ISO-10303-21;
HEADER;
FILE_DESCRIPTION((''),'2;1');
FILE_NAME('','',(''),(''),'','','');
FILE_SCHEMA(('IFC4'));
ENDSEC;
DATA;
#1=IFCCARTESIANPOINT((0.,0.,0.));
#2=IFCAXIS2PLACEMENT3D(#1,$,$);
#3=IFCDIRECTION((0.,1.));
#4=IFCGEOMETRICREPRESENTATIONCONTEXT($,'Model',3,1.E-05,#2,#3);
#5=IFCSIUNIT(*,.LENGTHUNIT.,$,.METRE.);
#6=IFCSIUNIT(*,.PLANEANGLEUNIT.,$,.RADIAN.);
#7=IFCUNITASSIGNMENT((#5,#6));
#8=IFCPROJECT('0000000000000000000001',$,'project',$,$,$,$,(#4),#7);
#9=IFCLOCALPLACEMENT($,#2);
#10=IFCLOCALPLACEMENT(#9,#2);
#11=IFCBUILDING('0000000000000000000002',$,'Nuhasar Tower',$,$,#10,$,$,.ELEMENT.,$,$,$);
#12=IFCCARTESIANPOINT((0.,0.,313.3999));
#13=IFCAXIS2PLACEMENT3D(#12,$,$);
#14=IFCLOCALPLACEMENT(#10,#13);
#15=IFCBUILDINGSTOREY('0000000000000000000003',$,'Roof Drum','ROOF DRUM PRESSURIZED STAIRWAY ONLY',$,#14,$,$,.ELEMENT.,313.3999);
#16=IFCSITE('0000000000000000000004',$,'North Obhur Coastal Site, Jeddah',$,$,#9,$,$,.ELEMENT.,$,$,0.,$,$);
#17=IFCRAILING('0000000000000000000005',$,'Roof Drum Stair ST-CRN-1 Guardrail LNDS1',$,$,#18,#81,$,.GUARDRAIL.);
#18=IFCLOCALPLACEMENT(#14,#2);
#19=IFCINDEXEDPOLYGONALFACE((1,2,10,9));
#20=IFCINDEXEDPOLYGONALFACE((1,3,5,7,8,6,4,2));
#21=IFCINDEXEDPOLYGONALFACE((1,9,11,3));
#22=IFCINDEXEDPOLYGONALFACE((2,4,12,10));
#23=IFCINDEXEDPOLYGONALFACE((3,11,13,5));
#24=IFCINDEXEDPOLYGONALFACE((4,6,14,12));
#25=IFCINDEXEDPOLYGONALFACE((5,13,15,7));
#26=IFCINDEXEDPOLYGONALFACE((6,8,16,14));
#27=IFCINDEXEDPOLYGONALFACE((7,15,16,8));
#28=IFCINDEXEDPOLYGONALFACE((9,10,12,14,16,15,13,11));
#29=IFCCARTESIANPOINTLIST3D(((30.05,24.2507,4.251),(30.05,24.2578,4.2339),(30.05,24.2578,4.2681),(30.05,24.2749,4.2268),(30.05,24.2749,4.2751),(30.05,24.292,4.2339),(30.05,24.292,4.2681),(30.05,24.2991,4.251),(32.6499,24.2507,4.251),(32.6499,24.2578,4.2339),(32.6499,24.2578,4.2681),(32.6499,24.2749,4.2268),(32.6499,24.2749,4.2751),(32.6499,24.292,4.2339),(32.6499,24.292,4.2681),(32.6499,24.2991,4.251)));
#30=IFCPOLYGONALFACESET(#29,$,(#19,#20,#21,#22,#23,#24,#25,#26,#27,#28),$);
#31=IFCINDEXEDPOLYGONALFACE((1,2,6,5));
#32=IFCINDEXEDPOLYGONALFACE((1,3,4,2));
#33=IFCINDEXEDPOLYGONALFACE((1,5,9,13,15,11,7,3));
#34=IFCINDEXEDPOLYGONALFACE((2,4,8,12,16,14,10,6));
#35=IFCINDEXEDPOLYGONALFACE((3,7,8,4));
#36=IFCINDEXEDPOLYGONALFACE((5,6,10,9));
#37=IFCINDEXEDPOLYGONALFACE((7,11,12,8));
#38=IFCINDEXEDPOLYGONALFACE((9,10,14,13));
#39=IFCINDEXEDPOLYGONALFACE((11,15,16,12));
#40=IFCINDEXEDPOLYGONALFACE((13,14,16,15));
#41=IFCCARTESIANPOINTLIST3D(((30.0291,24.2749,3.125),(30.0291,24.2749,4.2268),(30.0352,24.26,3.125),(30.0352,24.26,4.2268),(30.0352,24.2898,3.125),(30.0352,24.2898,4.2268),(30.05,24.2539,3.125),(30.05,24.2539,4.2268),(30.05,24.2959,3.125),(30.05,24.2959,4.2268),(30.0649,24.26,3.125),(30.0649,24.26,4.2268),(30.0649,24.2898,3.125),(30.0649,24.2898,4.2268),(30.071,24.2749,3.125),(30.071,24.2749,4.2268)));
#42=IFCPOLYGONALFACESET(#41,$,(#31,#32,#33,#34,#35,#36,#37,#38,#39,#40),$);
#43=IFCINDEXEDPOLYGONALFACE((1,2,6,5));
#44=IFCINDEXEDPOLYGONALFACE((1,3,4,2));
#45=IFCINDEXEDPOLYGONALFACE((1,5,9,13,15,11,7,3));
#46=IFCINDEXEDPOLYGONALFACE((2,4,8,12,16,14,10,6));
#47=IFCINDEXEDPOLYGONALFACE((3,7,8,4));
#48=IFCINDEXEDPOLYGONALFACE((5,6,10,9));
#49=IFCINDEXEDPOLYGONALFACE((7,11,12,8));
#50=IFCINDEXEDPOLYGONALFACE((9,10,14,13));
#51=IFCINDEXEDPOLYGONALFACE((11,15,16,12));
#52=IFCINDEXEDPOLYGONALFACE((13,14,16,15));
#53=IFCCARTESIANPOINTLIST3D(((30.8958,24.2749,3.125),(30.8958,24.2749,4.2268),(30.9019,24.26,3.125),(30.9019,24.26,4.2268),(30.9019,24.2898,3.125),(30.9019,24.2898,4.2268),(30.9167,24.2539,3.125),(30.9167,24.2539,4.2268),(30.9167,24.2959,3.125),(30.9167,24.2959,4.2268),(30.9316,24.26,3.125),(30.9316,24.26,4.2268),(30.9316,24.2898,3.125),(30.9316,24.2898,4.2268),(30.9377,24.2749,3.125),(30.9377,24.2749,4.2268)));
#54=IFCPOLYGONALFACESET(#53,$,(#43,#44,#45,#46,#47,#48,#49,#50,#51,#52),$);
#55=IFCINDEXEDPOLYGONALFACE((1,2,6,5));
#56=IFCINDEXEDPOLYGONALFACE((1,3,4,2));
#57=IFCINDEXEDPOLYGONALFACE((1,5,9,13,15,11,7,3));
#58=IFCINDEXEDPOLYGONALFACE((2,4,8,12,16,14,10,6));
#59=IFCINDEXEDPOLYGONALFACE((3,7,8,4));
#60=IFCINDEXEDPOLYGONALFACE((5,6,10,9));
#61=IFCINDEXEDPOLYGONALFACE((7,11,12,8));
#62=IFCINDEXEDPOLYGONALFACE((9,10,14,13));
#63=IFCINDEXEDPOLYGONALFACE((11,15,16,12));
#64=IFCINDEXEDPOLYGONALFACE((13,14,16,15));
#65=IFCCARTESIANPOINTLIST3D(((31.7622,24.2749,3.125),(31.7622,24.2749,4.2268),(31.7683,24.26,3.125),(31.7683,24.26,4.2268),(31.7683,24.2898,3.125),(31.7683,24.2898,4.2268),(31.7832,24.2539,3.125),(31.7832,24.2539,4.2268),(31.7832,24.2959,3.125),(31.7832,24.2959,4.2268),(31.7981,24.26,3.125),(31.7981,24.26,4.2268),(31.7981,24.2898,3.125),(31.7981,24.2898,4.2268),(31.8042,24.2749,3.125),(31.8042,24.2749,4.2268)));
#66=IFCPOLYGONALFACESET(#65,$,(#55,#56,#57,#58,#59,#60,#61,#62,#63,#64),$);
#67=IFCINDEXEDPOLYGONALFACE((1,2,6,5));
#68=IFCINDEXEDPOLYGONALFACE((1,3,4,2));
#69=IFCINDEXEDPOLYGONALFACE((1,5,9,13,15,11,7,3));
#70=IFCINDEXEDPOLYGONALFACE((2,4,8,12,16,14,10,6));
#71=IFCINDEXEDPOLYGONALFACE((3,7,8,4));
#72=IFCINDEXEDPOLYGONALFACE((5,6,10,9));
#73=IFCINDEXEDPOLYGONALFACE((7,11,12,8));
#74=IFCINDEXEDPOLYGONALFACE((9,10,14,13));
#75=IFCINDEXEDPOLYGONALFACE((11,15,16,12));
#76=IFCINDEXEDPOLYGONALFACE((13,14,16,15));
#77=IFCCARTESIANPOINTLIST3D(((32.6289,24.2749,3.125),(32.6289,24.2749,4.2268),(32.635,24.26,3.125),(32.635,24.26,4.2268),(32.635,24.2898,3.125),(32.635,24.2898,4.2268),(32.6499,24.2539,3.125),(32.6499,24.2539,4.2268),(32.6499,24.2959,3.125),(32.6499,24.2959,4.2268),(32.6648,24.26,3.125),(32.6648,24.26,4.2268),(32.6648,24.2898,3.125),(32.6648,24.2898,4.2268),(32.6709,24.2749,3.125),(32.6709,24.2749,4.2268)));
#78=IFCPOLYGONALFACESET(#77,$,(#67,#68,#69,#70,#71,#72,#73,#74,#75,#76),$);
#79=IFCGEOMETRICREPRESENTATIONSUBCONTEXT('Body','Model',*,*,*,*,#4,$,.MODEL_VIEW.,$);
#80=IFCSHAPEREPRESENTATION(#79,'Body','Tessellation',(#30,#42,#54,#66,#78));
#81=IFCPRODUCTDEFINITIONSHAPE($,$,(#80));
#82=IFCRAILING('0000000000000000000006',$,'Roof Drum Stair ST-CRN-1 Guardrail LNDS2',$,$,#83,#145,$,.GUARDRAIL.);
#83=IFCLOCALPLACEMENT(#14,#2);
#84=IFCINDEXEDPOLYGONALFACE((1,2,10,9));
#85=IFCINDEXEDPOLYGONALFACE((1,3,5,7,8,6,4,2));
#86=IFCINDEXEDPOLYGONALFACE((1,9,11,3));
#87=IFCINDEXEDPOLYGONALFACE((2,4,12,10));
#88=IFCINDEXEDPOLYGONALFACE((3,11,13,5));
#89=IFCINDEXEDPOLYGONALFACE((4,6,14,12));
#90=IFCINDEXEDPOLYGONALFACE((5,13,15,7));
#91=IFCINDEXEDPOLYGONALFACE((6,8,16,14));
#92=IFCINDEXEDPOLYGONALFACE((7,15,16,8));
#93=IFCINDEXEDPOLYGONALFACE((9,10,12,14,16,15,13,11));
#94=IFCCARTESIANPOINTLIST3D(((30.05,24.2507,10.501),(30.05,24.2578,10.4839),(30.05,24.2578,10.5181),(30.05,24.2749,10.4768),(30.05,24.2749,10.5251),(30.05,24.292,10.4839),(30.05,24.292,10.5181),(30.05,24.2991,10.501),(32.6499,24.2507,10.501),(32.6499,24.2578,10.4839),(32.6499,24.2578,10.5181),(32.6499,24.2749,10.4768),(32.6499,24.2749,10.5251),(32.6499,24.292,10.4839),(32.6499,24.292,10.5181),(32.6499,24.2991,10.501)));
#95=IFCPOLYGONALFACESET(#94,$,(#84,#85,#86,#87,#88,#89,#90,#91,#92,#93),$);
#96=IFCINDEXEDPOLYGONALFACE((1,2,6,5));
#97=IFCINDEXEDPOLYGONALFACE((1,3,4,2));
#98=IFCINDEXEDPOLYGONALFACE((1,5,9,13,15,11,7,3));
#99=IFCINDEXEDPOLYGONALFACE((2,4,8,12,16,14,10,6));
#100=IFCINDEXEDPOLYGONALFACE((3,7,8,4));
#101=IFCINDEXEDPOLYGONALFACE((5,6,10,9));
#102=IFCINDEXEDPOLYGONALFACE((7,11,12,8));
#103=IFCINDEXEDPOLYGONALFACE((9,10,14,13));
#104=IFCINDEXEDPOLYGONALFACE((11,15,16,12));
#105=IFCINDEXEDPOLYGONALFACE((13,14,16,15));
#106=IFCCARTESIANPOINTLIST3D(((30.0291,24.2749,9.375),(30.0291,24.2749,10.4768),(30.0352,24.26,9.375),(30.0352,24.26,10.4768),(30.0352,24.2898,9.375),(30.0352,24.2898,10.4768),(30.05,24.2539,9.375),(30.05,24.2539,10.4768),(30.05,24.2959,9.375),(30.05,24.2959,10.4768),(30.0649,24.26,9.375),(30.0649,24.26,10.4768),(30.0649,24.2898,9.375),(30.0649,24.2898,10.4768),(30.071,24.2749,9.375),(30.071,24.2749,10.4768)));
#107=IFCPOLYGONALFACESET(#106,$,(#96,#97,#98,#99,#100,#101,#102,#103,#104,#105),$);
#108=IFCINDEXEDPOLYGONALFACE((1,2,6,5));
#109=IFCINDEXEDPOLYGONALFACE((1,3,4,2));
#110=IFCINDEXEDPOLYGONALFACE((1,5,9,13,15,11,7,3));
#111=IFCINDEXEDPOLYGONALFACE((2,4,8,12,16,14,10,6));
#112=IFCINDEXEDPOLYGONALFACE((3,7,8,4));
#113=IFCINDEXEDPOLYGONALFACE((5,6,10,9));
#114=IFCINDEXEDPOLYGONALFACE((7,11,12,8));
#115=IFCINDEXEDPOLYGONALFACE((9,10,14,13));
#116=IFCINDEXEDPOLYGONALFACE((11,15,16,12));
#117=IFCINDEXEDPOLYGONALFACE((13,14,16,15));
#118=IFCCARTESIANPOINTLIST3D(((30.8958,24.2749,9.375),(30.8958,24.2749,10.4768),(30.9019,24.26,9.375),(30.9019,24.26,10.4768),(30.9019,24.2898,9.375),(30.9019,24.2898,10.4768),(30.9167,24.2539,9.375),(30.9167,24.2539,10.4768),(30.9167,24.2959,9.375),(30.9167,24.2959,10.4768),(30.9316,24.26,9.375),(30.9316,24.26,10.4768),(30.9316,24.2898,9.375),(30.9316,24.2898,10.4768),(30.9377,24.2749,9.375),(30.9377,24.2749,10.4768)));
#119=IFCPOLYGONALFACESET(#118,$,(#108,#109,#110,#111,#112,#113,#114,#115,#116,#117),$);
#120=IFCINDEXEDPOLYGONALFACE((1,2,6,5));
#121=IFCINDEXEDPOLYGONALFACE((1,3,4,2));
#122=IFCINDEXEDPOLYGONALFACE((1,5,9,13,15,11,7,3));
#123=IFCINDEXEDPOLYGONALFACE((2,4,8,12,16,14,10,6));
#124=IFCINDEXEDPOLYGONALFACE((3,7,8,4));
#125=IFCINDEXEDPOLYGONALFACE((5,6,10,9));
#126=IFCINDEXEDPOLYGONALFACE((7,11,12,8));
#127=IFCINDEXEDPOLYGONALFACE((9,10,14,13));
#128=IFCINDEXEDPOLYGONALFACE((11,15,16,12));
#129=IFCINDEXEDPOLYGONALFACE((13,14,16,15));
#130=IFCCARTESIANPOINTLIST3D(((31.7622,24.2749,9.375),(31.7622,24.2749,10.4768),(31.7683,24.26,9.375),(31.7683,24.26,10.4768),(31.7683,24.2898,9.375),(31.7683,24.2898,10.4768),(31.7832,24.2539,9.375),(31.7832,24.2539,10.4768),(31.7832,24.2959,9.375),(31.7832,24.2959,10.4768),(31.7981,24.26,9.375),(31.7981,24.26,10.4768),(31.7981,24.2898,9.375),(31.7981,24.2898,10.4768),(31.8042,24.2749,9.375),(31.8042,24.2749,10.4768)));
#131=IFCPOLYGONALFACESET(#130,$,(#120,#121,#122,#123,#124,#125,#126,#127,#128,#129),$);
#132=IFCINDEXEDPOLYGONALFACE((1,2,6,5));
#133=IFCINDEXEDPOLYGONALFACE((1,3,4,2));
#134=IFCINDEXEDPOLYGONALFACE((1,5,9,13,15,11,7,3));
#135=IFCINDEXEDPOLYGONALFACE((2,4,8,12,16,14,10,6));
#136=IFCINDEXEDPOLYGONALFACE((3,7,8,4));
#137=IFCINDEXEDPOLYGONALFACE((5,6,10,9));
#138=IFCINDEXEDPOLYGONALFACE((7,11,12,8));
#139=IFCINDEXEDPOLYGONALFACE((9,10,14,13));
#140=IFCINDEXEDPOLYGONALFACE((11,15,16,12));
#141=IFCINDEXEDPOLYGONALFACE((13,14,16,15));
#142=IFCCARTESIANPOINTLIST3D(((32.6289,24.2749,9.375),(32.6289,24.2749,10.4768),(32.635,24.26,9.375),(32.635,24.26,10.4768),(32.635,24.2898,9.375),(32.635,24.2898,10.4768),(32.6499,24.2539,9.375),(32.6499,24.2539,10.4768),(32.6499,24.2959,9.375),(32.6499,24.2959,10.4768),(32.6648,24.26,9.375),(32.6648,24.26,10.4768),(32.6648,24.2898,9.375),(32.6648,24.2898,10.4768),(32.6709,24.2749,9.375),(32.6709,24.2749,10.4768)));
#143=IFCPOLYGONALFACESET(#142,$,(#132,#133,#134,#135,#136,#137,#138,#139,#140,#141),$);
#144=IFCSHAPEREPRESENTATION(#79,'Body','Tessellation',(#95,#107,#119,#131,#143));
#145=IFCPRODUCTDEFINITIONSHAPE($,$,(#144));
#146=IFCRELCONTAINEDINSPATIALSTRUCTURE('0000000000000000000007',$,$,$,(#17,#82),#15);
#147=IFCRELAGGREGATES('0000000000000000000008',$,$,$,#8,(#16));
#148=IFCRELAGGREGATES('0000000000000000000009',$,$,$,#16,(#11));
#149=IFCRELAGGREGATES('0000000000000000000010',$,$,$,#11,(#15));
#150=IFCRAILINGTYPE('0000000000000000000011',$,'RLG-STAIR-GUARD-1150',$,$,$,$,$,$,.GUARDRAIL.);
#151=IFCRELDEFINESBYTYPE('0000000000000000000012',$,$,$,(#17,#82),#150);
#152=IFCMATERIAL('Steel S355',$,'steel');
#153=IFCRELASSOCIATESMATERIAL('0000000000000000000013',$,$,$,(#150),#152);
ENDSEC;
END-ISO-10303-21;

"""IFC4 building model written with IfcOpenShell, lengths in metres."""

from ifc_helpers import new_model, si_unit, direction, frame, origin, place, context, subcontext, project, spatial, polyline, outline, extrude, material, type_object, element, save


model = new_model("IFC4")

# Units and contexts
model_context = context("Model", 3, precision=1e-05, world=origin(), true_north=direction((0.0, 1.0)))
body_context = subcontext(model_context, "Body", "Model", "MODEL_VIEW")
ifc_project = project(units=[si_unit("LENGTHUNIT", "METRE"), si_unit("PLANEANGLEUNIT", "RADIAN")], contexts=[model_context])

# Site, building, storey
site_placement = place(None, origin())
site = spatial("IfcSite", under=ifc_project, at=site_placement, Name="North Obhur Coastal Site, Jeddah", CompositionType="ELEMENT", RefElevation=0.0)
building_placement = place(site_placement, origin())
building = spatial("IfcBuilding", under=site, at=building_placement, Name="Nuhasar Tower", CompositionType="ELEMENT")
storey_placement = place(building_placement, frame((0.0, 0.0, 313.3999)))
storey = spatial("IfcBuildingStorey", under=building, at=storey_placement, Name="Roof Drum", Description="ROOF DRUM PRESSURIZED STAIRWAY ONLY", CompositionType="ELEMENT", Elevation=313.3999)

# Shared definitions
ifc_material_1 = material(Name="Steel S355", Category="steel")

# Railings
railing_type = type_object("IfcRailingType", Name="RLG-STAIR-GUARD-1150", PredefinedType="GUARDRAIL", material=ifc_material_1)
for number, where, name in (
    (1, (30.05, 24.2749, 3.125), "Roof Drum Stair ST-CRN-1 Guardrail LNDS1"),
    (2, (30.05, 24.2749, 9.375), "Roof Drum Stair ST-CRN-1 Guardrail LNDS2"),
):
    element("IfcRailing", number, at=place(storey_placement, frame(where)), inside=storey, type_object=railing_type, Name=name, PredefinedType="GUARDRAIL", context=body_context, shape_type="SweptSolid", body=[
        extrude(outline(polyline([(0.0242, 0.0), (0.0171, 0.0171), (0.0, 0.0242), (-0.0171, 0.0171), (-0.0242, 0.0), (-0.0171, -0.0171), (0.0, -0.0242), (0.0171, -0.0171), (0.0242, 0.0)])), frame((0.0, 0.0, 1.126), z_axis=(1.0, 0.0, 0.0), x_axis=(0.0, 1.0, 0.0)), (0.0, 0.0, 1.0), 2.5999),
        extrude(outline(polyline([(0.021, 0.0), (0.0149, 0.0149), (0.0, 0.021), (-0.0149, 0.0149), (-0.021, 0.0), (-0.0149, -0.0149), (0.0, -0.021), (0.0149, -0.0149), (0.021, 0.0)])), origin(), (0.0, 0.0, 1.0), 1.1018),
        extrude(outline(polyline([(0.021, 0.0), (0.0149, 0.0149), (0.0, 0.021), (-0.0149, 0.0149), (-0.021, 0.0), (-0.0149, -0.0149), (0.0, -0.021), (0.0149, -0.0149), (0.021, 0.0)])), frame((0.8667, 0.0, 0.0)), (0.0, 0.0, 1.0), 1.1018),
        extrude(outline(polyline([(0.021, 0.0), (0.0149, 0.0149), (0.0, 0.021), (-0.0149, 0.0149), (-0.021, 0.0), (-0.0149, -0.0149), (0.0, -0.021), (0.0149, -0.0149), (0.021, 0.0)])), frame((1.7332, 0.0, 0.0)), (0.0, 0.0, 1.0), 1.1018),
        extrude(outline(polyline([(0.021, 0.0), (0.0149, 0.0149), (0.0, 0.021), (-0.0149, 0.0149), (-0.021, 0.0), (-0.0149, -0.0149), (0.0, -0.021), (0.0149, -0.0149), (0.021, 0.0)])), frame((2.5999, 0.0, 0.0)), (0.0, 0.0, 1.0), 1.1018),
    ])

save(model, "model.ifc")
